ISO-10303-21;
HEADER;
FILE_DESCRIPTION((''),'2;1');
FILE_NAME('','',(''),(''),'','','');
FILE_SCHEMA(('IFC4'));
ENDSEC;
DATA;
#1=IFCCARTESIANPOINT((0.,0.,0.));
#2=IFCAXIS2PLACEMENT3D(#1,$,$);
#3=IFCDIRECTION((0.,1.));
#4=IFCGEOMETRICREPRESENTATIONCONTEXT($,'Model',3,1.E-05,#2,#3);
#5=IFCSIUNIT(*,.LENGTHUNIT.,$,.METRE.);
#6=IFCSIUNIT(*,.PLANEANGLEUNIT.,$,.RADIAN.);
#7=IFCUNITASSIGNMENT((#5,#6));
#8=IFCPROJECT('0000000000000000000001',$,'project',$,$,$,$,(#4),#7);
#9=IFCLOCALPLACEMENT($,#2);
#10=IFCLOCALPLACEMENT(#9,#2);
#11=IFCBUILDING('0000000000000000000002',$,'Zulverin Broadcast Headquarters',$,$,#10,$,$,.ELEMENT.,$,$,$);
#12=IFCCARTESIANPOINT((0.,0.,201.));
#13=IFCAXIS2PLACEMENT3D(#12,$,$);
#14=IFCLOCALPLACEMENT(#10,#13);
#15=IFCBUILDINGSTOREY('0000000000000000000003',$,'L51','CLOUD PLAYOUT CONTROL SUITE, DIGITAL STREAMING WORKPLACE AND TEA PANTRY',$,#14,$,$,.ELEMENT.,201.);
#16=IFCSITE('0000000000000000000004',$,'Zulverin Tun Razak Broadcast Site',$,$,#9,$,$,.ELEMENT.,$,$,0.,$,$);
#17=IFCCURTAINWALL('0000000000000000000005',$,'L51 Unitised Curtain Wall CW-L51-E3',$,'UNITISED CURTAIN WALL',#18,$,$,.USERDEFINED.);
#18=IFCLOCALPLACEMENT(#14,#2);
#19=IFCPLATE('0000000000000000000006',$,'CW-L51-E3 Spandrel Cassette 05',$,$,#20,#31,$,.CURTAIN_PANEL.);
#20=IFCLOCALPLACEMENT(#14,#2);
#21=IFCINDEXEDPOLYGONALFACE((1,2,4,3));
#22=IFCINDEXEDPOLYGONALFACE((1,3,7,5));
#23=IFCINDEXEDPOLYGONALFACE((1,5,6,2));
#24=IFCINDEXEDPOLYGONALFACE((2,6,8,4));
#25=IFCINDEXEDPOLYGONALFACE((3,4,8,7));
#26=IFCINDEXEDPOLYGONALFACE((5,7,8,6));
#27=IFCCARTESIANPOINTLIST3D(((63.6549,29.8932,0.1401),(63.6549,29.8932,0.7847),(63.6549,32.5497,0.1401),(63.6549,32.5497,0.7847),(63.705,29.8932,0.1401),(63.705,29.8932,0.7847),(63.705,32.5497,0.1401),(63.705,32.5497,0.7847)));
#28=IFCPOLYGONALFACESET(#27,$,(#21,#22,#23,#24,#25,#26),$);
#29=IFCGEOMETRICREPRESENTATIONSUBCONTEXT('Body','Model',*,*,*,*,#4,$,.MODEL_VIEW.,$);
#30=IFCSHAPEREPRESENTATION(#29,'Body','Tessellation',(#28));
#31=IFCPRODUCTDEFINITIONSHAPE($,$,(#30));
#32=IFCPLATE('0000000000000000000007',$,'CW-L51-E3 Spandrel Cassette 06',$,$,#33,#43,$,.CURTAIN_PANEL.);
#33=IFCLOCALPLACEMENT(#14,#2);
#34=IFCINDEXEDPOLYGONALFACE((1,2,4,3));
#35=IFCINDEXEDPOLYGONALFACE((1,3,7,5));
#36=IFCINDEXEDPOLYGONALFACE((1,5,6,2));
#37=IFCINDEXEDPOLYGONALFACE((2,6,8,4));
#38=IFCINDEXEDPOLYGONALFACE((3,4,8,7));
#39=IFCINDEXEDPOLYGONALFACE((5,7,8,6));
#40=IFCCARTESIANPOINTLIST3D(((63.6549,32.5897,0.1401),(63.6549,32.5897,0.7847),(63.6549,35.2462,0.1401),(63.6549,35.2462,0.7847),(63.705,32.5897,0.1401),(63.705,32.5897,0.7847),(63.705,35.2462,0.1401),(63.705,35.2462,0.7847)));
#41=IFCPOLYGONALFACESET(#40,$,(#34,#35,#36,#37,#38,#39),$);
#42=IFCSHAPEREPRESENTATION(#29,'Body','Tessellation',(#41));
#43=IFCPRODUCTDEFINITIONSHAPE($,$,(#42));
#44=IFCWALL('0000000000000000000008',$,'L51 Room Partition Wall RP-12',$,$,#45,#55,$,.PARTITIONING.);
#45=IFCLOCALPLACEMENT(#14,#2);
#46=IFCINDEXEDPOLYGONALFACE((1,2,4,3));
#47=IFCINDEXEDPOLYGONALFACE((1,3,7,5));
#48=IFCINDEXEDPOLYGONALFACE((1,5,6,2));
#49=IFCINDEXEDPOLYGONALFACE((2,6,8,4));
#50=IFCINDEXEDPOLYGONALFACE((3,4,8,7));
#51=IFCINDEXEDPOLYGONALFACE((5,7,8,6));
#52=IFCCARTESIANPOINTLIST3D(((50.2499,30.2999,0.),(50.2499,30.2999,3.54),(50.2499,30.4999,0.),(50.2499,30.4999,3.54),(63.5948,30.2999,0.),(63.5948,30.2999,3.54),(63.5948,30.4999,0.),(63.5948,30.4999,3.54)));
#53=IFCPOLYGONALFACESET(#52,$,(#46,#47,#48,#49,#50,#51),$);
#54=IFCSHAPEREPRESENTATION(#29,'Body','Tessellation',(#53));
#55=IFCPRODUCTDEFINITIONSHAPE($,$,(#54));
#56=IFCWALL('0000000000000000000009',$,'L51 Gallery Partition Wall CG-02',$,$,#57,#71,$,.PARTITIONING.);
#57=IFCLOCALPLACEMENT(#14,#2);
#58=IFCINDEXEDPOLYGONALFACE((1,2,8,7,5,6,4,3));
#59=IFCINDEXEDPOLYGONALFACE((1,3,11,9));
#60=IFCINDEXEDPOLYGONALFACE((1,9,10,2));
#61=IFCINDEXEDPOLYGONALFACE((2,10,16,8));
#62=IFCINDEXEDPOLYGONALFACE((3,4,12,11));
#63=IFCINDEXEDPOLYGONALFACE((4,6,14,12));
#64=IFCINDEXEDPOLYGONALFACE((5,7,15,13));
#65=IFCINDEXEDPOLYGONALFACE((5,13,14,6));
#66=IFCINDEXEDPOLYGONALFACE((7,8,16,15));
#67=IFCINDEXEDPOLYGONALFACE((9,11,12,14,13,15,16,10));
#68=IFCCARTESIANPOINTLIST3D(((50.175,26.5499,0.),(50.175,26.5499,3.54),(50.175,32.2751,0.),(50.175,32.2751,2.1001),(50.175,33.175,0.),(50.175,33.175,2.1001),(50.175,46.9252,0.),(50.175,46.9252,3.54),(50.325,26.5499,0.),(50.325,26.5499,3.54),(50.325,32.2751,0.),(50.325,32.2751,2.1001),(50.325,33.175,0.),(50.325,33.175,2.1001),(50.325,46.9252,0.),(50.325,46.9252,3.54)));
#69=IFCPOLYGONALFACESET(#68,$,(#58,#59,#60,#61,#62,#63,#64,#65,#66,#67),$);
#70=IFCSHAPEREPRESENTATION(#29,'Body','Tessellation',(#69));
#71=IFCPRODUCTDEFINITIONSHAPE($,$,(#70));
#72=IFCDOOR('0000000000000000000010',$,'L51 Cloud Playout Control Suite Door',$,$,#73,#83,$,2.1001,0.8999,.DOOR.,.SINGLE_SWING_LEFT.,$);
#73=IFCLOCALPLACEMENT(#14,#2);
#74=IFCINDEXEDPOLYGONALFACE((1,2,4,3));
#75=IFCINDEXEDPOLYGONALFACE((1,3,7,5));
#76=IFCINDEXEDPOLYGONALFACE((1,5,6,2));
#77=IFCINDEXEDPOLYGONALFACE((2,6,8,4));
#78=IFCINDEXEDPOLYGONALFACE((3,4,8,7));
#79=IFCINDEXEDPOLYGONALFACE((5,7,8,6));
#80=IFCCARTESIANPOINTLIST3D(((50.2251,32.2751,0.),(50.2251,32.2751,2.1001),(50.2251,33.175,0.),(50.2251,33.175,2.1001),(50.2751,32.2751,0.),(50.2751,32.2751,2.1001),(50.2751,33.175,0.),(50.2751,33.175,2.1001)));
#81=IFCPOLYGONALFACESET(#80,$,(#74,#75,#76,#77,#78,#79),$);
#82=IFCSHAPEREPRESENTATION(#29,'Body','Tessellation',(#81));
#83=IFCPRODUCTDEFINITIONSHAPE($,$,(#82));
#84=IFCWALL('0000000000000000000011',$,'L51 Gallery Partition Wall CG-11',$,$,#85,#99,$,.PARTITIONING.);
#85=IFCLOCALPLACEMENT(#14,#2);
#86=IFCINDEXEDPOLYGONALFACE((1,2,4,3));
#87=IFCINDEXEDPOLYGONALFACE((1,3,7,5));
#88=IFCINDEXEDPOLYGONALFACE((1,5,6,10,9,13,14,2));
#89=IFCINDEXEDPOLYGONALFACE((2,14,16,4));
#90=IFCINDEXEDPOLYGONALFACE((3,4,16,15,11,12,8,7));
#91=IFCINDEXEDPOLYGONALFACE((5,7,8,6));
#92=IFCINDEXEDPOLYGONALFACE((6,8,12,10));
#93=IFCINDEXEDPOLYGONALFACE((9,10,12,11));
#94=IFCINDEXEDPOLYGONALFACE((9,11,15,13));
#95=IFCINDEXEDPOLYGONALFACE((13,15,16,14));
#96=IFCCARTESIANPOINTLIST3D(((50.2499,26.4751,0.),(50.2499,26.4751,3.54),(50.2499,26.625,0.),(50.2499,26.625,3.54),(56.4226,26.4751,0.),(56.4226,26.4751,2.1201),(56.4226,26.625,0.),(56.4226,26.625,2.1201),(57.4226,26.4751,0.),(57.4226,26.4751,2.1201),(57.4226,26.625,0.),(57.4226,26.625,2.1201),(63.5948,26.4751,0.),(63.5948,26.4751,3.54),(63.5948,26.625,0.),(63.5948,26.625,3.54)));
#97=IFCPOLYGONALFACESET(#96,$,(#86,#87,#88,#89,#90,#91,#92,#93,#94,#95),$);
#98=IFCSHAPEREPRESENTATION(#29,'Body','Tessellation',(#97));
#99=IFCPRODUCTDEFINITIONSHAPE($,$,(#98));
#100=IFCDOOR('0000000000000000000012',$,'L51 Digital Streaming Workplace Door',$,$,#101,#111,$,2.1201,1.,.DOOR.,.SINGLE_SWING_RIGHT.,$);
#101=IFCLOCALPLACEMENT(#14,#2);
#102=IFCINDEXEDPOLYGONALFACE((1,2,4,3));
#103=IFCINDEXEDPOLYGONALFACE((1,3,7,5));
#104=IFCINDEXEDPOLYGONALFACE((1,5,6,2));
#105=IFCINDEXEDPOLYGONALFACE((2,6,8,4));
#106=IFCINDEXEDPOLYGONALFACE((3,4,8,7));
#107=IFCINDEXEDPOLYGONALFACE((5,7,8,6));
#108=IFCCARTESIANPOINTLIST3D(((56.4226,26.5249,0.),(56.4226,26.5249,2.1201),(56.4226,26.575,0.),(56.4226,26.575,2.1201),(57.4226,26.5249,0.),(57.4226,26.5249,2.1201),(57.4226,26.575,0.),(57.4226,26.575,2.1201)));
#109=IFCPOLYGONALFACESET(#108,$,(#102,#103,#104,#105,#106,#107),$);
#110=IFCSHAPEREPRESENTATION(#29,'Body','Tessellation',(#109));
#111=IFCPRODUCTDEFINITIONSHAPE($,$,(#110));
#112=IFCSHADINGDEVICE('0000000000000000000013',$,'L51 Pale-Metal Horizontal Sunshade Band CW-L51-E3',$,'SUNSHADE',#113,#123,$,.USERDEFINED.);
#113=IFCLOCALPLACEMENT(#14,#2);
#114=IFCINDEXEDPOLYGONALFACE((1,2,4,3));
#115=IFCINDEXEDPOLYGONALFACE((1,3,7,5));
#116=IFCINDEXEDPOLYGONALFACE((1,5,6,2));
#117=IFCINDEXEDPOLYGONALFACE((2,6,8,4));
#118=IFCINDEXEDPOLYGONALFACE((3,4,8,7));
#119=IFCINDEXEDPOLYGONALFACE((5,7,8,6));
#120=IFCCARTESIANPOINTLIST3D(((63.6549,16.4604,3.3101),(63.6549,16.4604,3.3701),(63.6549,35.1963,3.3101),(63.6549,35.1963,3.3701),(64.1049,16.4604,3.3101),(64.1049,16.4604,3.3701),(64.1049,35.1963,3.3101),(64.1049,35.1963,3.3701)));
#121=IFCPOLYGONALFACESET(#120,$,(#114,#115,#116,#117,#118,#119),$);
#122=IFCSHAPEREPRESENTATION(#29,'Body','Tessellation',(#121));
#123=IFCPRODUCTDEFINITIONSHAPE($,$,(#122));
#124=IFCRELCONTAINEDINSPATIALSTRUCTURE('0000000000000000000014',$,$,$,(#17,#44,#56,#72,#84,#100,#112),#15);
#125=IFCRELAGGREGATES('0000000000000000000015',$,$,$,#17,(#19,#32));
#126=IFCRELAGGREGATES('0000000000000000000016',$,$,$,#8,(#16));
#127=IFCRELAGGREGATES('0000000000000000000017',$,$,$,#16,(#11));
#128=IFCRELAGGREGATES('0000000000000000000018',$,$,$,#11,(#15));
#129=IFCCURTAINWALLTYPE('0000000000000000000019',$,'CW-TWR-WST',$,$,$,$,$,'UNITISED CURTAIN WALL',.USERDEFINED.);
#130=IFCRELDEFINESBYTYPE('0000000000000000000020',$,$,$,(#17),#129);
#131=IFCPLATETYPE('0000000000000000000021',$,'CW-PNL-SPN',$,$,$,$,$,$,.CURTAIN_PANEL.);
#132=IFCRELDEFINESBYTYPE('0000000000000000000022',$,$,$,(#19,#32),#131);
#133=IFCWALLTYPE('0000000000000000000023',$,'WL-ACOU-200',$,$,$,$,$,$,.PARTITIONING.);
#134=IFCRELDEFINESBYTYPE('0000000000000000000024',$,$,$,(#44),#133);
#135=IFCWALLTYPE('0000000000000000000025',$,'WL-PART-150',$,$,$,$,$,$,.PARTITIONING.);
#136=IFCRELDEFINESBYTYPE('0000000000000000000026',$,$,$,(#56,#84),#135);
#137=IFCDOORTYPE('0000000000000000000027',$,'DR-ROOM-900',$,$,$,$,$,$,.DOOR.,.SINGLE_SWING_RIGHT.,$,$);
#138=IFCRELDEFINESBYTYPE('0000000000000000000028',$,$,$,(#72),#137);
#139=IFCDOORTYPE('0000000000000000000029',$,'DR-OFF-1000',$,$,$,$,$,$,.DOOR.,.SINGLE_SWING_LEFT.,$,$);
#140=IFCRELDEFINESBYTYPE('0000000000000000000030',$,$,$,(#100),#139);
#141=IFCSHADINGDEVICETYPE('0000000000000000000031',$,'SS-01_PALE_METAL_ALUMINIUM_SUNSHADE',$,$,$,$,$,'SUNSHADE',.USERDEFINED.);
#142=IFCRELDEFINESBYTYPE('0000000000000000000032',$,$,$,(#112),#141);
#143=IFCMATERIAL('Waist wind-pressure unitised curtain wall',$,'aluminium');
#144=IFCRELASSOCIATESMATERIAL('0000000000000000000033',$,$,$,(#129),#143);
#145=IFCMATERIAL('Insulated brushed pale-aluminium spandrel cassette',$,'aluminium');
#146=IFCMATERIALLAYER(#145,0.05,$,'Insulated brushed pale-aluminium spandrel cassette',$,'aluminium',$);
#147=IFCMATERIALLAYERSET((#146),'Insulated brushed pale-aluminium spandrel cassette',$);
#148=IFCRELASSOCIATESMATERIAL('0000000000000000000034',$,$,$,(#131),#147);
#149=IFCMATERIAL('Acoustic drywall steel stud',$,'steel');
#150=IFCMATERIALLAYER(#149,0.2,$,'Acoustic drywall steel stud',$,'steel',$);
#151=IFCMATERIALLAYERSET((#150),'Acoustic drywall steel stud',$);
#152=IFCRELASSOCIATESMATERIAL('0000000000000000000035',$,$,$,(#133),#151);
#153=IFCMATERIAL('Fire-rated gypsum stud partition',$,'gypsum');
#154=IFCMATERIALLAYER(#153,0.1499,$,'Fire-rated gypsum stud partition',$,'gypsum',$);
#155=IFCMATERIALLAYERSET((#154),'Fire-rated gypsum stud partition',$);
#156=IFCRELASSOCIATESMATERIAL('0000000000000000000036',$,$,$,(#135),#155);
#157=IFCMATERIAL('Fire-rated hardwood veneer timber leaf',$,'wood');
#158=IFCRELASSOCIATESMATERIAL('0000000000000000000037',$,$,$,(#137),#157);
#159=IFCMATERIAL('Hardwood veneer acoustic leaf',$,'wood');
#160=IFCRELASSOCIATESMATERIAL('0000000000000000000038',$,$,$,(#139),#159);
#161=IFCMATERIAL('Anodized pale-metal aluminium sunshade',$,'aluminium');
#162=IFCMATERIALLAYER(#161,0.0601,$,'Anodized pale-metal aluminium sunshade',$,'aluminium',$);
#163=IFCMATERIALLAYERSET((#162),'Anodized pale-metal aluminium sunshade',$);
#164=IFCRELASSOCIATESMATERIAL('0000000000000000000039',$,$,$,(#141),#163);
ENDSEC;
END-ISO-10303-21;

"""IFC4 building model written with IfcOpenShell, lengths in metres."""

from ifc_helpers import new_model, si_unit, direction, frame, frame_2d, origin, origin_2d, place, context, subcontext, project, spatial, rectangle, extrude, material, layer, layer_set, type_object, element, fill, aggregate, save


model = new_model("IFC4")

# Units and contexts
model_context = context("Model", 3, precision=1e-05, world=origin(), true_north=direction((0.0, 1.0)))
body_context = subcontext(model_context, "Body", "Model", "MODEL_VIEW")
ifc_project = project(units=[si_unit("LENGTHUNIT", "METRE"), si_unit("PLANEANGLEUNIT", "RADIAN")], contexts=[model_context])

# Site, building, storey
site_placement = place(None, origin())
site = spatial("IfcSite", under=ifc_project, at=site_placement, Name="Zulverin Tun Razak Broadcast Site", CompositionType="ELEMENT", RefElevation=0.0)
building_placement = place(site_placement, origin())
building = spatial("IfcBuilding", under=site, at=building_placement, Name="Zulverin Broadcast Headquarters", CompositionType="ELEMENT")
storey_placement = place(building_placement, frame((0.0, 0.0, 201.0)))
storey = spatial("IfcBuildingStorey", under=building, at=storey_placement, Name="L51", Description="CLOUD PLAYOUT CONTROL SUITE, DIGITAL STREAMING WORKPLACE AND TEA PANTRY", CompositionType="ELEMENT", Elevation=201.0)

# Curtain wall, plates
ifc_material_1 = material(Name="Waist wind-pressure unitised curtain wall", Category="aluminium")
curtain_wall_type = type_object("IfcCurtainWallType", Name="CW-TWR-WST", ElementType="UNITISED CURTAIN WALL", PredefinedType="USERDEFINED", material=ifc_material_1)
curtain_wall_placement = place(storey_placement, origin())
curtain_wall = element("IfcCurtainWall", 1, at=curtain_wall_placement, inside=storey, type_object=curtain_wall_type, Name="L51 Unitised Curtain Wall CW-L51-E3", ObjectType="UNITISED CURTAIN WALL", PredefinedType="USERDEFINED")
ifc_material_2 = material(Name="Insulated brushed pale-aluminium spandrel cassette", Category="aluminium")
ifc_layer_1 = layer(ifc_material_2, 0.05, Name="Insulated brushed pale-aluminium spandrel cassette", Category="aluminium")
ifc_layer_set_1 = layer_set([ifc_layer_1], Name="Insulated brushed pale-aluminium spandrel cassette")
plate_type_1 = type_object("IfcPlateType", Name="CW-PNL-SPN", PredefinedType="CURTAIN_PANEL", material=ifc_layer_set_1)
plate_1_placement = place(storey_placement, frame((63.6799, 31.2214, 0.1401), z_axis=(0.0, 0.0, 1.0), x_axis=(0.0, 1.0, 0.0)))
plate_1 = element("IfcPlate", 2, at=plate_1_placement, type_object=plate_type_1, Name="CW-L51-E3 Spandrel Cassette 05", PredefinedType="CURTAIN_PANEL", context=body_context, shape_type="SweptSolid", body=[
    extrude(rectangle(XDim=2.6565, YDim=0.05, at=origin_2d()), origin(), (0.0, 0.0, 1.0), 0.6445),
])
plate_2_placement = place(storey_placement, frame((63.6799, 33.918, 0.1401), z_axis=(0.0, 0.0, 1.0), x_axis=(0.0, 1.0, 0.0)))
plate_2 = element("IfcPlate", 3, at=plate_2_placement, type_object=plate_type_1, Name="CW-L51-E3 Spandrel Cassette 06", PredefinedType="CURTAIN_PANEL", context=body_context, shape_type="SweptSolid", body=[
    extrude(rectangle(XDim=2.6565, YDim=0.05, at=origin_2d()), origin(), (0.0, 0.0, 1.0), 0.6445),
])
aggregate(curtain_wall, [plate_1, plate_2])

# Wall
ifc_material_3 = material(Name="Acoustic drywall steel stud", Category="steel")
ifc_layer_2 = layer(ifc_material_3, 0.2, Name="Acoustic drywall steel stud", Category="steel")
ifc_layer_set_2 = layer_set([ifc_layer_2], Name="Acoustic drywall steel stud")
wall_type_1 = type_object("IfcWallType", Name="WL-ACOU-200", PredefinedType="PARTITIONING", material=ifc_layer_set_2)
wall_1_placement = place(storey_placement, frame((50.25, 30.3999, 0.0), z_axis=(0.0, 0.0, 1.0), x_axis=(1.0, 0.0, 0.0)))
element("IfcWall", 4, at=wall_1_placement, inside=storey, type_object=wall_type_1, Name="L51 Room Partition Wall RP-12", PredefinedType="PARTITIONING", context=body_context, shape_type="SweptSolid", body=[
    extrude(rectangle(XDim=13.345, YDim=0.2, at=frame_2d((6.6724, 0.0))), origin(), (0.0, 0.0, 1.0), 3.54),
])

# Walls, openings, doors
ifc_material_4 = material(Name="Fire-rated gypsum stud partition", Category="gypsum")
ifc_layer_3 = layer(ifc_material_4, 0.1499, Name="Fire-rated gypsum stud partition", Category="gypsum")
ifc_layer_set_3 = layer_set([ifc_layer_3], Name="Fire-rated gypsum stud partition")
wall_type_2 = type_object("IfcWallType", Name="WL-PART-150", PredefinedType="PARTITIONING", material=ifc_layer_set_3)
wall_2_placement = place(storey_placement, frame((50.25, 26.55, 0.0), z_axis=(0.0, 0.0, 1.0), x_axis=(0.0, 1.0, 0.0)))
wall_2 = element("IfcWall", 5, at=wall_2_placement, inside=storey, type_object=wall_type_2, Name="L51 Gallery Partition Wall CG-02", PredefinedType="PARTITIONING", context=body_context, shape_type="SweptSolid", body=[
    extrude(rectangle(XDim=20.3752, YDim=0.1499, at=frame_2d((10.1875, 0.0))), origin(), (0.0, 0.0, 1.0), 3.54),
])
opening_1_placement = place(wall_2_placement, frame((5.7251, 0.0, 0.0)))
opening_1 = element("IfcOpeningElement", 6, at=opening_1_placement, cuts=wall_2, PredefinedType="OPENING", context=body_context, shape_type="SweptSolid", body=[
    extrude(rectangle(XDim=0.8999, YDim=2.1001, at=frame_2d((0.45, 1.05))), frame((0.0, 0.085, 0.0), z_axis=(0.0, -1.0, 0.0), x_axis=(1.0, 0.0, 0.0)), (0.0, 0.0, 1.0), 0.1699),
])
ifc_material_5 = material(Name="Fire-rated hardwood veneer timber leaf", Category="wood")
door_type_1 = type_object("IfcDoorType", Name="DR-ROOM-900", OperationType="SINGLE_SWING_RIGHT", PredefinedType="DOOR", material=ifc_material_5)
door_1_placement = place(opening_1_placement, origin())
door_1 = element("IfcDoor", 7, at=door_1_placement, inside=storey, type_object=door_type_1, Name="L51 Cloud Playout Control Suite Door", OperationType="SINGLE_SWING_LEFT", OverallHeight=2.1001, OverallWidth=0.8999, PredefinedType="DOOR", context=body_context, shape_type="SweptSolid", body=[
    extrude(rectangle(XDim=0.8999, YDim=2.1001, at=frame_2d((0.45, 1.05))), frame((0.0, 0.0249, 0.0), z_axis=(0.0, -1.0, 0.0), x_axis=(1.0, 0.0, 0.0)), (0.0, 0.0, 1.0), 0.05),
])
fill(opening_1, door_1)
wall_3_placement = place(storey_placement, frame((50.25, 26.55, 0.0), z_axis=(0.0, 0.0, 1.0), x_axis=(1.0, 0.0, 0.0)))
wall_3 = element("IfcWall", 8, at=wall_3_placement, inside=storey, type_object=wall_type_2, Name="L51 Gallery Partition Wall CG-11", PredefinedType="PARTITIONING", context=body_context, shape_type="SweptSolid", body=[
    extrude(rectangle(XDim=13.345, YDim=0.1499, at=frame_2d((6.6724, 0.0))), origin(), (0.0, 0.0, 1.0), 3.54),
])
opening_2_placement = place(wall_3_placement, frame((6.1726, 0.0, 0.0)))
opening_2 = element("IfcOpeningElement", 9, at=opening_2_placement, cuts=wall_3, PredefinedType="OPENING", context=body_context, shape_type="SweptSolid", body=[
    extrude(rectangle(XDim=1.0, YDim=2.1201, at=frame_2d((0.5, 1.0601))), frame((0.0, 0.085, 0.0), z_axis=(0.0, -1.0, 0.0), x_axis=(1.0, 0.0, 0.0)), (0.0, 0.0, 1.0), 0.1699),
])
ifc_material_6 = material(Name="Hardwood veneer acoustic leaf", Category="wood")
door_type_2 = type_object("IfcDoorType", Name="DR-OFF-1000", OperationType="SINGLE_SWING_LEFT", PredefinedType="DOOR", material=ifc_material_6)
door_2_placement = place(opening_2_placement, origin())
door_2 = element("IfcDoor", 10, at=door_2_placement, inside=storey, type_object=door_type_2, Name="L51 Digital Streaming Workplace Door", OperationType="SINGLE_SWING_RIGHT", OverallHeight=2.1201, OverallWidth=1.0, PredefinedType="DOOR", context=body_context, shape_type="SweptSolid", body=[
    extrude(rectangle(XDim=1.0, YDim=2.1201, at=frame_2d((0.5, 1.0601))), frame((0.0, 0.0249, 0.0), z_axis=(0.0, -1.0, 0.0), x_axis=(1.0, 0.0, 0.0)), (0.0, 0.0, 1.0), 0.05),
])
fill(opening_2, door_2)

# Shading device
ifc_material_7 = material(Name="Anodized pale-metal aluminium sunshade", Category="aluminium")
ifc_layer_4 = layer(ifc_material_7, 0.0601, Name="Anodized pale-metal aluminium sunshade", Category="aluminium")
ifc_layer_set_4 = layer_set([ifc_layer_4], Name="Anodized pale-metal aluminium sunshade")
shading_device_type = type_object("IfcShadingDeviceType", Name="SS-01_PALE_METAL_ALUMINIUM_SUNSHADE", ElementType="SUNSHADE", PredefinedType="USERDEFINED", material=ifc_layer_set_4)
shading_device_placement = place(storey_placement, frame((63.8799, 25.8284, 3.3101), z_axis=(0.0, 0.0, 1.0), x_axis=(0.0, 1.0, 0.0)))
element("IfcShadingDevice", 11, at=shading_device_placement, inside=storey, type_object=shading_device_type, Name="L51 Pale-Metal Horizontal Sunshade Band CW-L51-E3", ObjectType="SUNSHADE", PredefinedType="USERDEFINED", context=body_context, shape_type="SweptSolid", body=[
    extrude(rectangle(XDim=18.7358, YDim=0.45, at=origin_2d()), origin(), (0.0, 0.0, 1.0), 0.0601),
])

save(model, "model.ifc")
